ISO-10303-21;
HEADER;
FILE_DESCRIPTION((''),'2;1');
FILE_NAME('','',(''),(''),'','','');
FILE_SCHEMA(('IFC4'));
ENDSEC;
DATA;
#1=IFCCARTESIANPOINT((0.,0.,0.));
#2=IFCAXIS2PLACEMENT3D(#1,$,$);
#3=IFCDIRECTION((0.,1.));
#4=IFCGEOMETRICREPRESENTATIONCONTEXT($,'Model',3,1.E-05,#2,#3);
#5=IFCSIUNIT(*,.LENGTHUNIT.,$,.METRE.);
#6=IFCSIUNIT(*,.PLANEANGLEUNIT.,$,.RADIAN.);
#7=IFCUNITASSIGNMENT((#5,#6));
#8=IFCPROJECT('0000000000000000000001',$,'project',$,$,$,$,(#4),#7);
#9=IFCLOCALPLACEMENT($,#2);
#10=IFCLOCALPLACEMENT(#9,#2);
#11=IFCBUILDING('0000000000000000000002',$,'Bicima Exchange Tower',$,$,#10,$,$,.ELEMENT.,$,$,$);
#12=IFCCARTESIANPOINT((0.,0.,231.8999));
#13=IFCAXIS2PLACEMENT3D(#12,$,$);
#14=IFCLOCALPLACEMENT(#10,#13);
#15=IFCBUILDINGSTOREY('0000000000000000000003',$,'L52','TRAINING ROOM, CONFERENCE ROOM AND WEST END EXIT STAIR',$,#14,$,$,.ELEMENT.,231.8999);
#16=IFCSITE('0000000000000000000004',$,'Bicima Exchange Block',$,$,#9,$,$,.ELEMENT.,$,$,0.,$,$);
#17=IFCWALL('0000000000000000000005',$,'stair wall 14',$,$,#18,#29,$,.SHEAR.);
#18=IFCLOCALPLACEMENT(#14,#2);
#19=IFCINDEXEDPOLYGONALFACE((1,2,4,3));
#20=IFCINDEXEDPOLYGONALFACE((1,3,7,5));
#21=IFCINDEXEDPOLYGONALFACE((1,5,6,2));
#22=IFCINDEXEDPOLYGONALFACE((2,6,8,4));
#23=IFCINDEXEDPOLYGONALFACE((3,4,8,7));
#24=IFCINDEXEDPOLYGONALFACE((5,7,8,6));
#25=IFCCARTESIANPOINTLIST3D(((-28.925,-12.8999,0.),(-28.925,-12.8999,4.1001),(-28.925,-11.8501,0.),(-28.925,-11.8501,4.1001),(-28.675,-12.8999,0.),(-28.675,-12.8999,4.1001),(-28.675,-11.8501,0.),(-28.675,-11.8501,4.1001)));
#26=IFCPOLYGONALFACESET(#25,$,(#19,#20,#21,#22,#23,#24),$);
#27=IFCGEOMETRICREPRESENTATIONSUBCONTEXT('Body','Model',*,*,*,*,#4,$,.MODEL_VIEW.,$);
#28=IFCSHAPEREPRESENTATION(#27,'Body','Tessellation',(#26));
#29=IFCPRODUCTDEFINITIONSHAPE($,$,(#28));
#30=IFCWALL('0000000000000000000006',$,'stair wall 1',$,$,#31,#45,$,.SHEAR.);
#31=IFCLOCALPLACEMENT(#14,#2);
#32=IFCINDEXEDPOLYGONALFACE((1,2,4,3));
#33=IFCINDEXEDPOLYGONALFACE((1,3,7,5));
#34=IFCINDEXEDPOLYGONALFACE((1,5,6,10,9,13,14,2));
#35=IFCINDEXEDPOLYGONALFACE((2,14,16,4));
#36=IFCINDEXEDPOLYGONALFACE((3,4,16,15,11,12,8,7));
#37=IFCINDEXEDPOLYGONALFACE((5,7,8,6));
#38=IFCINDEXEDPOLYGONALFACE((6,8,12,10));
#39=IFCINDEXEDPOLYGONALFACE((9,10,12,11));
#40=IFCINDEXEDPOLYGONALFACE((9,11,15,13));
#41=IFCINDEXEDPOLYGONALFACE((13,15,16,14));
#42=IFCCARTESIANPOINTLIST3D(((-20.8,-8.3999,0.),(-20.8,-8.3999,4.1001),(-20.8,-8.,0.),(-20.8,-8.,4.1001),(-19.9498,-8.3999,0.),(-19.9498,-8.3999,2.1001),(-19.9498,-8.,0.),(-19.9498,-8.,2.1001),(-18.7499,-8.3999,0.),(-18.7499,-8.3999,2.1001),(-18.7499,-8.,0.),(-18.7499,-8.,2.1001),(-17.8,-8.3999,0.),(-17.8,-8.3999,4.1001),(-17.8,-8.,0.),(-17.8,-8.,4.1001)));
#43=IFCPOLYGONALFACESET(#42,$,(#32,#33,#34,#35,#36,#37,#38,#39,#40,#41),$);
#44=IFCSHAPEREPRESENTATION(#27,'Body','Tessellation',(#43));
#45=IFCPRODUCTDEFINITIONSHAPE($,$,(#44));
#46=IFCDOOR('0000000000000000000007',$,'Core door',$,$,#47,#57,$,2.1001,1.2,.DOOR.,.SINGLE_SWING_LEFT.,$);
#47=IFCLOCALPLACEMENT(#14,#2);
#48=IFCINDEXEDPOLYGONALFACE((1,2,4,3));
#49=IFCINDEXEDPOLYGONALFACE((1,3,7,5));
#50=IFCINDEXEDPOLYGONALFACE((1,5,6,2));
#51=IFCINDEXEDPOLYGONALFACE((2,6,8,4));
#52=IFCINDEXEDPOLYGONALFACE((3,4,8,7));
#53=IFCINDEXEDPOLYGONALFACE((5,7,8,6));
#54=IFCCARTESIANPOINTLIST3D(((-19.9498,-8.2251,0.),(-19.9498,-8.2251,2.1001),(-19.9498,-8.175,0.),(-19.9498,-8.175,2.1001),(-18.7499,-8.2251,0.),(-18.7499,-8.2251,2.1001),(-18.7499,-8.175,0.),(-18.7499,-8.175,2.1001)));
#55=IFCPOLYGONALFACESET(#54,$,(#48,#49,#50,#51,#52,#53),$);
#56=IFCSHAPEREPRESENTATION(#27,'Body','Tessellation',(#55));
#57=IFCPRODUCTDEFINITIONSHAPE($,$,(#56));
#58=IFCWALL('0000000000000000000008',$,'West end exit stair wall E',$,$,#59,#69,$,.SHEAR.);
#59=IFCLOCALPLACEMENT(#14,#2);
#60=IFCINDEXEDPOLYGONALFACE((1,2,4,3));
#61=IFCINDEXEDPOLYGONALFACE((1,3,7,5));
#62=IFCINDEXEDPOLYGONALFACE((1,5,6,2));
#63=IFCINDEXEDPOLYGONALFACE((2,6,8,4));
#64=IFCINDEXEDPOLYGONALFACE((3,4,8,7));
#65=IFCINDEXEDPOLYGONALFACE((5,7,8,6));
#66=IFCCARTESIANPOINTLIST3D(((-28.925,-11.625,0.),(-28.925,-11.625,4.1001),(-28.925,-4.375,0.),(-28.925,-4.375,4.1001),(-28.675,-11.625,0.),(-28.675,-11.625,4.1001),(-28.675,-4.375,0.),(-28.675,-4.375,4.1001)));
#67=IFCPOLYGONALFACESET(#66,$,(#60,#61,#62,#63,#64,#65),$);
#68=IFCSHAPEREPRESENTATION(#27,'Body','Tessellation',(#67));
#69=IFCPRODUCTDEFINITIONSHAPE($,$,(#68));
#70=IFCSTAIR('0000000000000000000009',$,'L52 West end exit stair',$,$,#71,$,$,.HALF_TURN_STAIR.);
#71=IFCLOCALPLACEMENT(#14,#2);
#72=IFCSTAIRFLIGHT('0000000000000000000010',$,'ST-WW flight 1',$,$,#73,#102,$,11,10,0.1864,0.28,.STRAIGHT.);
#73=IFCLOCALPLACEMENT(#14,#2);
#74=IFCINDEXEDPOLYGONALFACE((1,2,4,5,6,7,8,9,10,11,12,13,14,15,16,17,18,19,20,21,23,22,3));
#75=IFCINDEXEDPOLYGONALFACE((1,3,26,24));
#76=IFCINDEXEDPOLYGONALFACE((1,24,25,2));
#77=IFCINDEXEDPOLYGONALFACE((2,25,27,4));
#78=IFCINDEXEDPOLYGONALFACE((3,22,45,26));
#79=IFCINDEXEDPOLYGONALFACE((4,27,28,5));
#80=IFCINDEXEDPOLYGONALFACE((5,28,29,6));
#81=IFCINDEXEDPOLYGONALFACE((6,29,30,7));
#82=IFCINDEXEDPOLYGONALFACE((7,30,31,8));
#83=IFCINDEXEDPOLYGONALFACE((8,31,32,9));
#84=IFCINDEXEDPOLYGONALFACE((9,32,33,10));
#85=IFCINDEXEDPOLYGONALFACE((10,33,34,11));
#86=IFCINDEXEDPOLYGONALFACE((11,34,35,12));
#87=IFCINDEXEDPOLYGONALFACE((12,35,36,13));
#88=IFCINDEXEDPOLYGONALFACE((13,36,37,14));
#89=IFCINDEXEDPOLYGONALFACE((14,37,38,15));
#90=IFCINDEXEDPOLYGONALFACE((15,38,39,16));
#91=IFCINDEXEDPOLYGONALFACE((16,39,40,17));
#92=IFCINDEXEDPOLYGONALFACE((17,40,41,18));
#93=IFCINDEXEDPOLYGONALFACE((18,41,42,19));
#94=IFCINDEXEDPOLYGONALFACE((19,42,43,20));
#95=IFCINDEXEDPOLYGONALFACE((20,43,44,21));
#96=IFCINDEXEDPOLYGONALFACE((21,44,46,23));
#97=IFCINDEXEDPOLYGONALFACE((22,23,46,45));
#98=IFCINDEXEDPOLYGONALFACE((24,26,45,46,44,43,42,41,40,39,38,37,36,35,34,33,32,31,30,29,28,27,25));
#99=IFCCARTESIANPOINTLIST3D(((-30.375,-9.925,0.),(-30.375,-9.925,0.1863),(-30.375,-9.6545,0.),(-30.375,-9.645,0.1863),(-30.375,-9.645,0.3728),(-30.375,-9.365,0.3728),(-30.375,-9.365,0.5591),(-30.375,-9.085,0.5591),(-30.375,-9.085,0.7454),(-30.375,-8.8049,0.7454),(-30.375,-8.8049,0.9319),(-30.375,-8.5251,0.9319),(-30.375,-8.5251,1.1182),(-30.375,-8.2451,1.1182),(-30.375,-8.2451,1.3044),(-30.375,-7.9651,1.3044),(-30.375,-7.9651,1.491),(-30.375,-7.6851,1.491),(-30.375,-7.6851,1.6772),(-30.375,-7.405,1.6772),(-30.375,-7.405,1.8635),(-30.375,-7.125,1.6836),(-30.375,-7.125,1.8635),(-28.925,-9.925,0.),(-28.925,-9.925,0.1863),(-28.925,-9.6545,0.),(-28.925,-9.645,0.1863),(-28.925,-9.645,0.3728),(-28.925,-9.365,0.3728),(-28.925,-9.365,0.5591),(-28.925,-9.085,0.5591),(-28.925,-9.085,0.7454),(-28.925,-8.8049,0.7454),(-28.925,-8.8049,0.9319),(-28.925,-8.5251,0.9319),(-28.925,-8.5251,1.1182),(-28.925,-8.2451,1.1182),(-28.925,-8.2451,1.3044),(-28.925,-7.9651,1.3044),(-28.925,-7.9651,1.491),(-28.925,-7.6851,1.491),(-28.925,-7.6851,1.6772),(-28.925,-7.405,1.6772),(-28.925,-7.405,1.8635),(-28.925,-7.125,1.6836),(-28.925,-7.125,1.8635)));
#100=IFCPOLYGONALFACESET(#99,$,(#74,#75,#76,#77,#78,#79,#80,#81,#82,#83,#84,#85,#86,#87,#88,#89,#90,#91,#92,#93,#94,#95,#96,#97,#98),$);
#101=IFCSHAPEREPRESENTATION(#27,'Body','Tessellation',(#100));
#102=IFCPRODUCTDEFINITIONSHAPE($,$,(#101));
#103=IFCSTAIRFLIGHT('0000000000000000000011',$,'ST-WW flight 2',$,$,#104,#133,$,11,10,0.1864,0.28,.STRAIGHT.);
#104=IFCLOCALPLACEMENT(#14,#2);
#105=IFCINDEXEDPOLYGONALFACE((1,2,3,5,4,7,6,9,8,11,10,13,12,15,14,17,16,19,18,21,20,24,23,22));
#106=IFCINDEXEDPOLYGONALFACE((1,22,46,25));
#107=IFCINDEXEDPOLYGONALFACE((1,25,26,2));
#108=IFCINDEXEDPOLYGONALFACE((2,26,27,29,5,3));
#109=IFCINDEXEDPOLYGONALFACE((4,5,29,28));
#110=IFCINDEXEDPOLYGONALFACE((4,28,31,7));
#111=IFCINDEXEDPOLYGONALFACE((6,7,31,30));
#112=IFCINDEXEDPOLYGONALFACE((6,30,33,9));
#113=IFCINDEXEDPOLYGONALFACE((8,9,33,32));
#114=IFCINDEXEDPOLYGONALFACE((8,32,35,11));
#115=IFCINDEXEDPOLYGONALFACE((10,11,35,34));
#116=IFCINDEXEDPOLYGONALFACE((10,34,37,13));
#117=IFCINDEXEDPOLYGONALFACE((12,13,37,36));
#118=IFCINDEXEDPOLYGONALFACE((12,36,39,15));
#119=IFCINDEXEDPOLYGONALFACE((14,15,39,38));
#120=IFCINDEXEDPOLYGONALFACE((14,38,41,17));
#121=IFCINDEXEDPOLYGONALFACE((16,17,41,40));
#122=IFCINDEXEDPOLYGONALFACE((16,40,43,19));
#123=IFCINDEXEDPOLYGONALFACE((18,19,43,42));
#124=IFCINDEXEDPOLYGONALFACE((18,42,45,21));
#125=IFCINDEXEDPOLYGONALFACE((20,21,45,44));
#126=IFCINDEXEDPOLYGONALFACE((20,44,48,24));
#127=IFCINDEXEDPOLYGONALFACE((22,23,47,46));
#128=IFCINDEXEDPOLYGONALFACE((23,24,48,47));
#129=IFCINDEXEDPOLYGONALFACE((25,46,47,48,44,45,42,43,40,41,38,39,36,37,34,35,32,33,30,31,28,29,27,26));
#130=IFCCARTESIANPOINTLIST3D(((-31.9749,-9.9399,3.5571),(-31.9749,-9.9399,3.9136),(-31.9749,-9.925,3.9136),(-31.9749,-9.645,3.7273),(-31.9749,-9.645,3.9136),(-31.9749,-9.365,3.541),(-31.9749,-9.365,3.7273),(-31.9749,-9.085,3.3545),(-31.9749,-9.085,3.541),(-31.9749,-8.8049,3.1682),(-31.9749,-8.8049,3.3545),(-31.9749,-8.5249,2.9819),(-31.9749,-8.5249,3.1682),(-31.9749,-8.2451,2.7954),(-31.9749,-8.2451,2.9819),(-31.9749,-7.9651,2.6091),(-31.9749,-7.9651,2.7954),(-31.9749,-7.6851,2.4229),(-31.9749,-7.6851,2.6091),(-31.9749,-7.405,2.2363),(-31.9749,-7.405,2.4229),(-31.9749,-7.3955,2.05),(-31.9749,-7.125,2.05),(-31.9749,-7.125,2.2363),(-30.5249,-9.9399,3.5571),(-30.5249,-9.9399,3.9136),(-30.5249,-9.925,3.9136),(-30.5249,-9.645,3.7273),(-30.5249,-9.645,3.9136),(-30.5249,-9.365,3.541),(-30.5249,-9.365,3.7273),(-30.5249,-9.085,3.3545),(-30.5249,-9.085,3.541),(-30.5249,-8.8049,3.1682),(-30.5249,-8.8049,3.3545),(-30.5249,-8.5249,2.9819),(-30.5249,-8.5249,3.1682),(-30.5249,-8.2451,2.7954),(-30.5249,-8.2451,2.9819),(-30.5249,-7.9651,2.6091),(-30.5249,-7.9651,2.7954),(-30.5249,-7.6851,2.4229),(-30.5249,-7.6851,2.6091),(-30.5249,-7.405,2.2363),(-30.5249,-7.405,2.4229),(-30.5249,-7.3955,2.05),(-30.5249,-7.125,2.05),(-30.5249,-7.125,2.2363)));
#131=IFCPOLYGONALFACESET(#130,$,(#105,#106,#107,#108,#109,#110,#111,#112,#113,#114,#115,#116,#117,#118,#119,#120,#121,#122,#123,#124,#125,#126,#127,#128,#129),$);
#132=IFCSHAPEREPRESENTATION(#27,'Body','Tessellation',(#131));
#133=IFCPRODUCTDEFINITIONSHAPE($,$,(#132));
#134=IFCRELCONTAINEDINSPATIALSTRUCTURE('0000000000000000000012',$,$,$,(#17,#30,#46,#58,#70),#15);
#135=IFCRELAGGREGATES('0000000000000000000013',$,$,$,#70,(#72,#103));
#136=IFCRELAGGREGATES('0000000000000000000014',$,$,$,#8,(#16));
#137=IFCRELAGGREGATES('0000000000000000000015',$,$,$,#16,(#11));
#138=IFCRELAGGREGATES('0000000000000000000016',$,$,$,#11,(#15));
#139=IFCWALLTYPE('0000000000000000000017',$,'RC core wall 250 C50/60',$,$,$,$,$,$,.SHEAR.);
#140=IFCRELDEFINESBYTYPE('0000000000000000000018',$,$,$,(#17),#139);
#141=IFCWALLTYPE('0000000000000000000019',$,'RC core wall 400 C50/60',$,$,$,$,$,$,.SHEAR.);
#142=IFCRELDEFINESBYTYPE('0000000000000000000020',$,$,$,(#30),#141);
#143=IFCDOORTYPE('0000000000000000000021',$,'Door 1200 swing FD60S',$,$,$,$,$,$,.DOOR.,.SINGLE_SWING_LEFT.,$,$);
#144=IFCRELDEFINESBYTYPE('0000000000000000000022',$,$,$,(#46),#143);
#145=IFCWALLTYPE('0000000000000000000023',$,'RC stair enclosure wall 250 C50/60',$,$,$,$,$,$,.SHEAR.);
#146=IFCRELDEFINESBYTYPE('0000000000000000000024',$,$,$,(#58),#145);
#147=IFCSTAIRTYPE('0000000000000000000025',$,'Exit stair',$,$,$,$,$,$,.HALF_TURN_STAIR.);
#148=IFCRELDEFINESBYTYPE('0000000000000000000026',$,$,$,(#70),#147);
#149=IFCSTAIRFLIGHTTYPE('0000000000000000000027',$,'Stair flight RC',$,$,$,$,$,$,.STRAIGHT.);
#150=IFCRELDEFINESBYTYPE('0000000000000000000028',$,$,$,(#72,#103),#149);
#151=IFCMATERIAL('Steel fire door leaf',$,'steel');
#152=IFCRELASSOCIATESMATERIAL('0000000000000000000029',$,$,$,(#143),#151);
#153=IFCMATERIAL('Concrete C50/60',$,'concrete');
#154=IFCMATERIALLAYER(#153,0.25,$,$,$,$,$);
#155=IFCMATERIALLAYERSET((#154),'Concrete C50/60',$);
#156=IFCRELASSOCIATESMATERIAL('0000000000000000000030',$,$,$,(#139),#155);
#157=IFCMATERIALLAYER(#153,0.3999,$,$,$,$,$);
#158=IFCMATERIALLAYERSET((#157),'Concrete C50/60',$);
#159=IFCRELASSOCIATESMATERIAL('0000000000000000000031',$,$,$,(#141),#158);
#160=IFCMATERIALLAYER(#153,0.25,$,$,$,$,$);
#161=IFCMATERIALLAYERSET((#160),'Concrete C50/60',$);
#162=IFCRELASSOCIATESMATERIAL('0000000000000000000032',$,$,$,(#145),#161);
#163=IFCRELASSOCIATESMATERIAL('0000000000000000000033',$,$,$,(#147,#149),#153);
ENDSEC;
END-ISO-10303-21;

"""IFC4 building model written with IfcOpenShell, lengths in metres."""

from ifc_helpers import new_model, si_unit, direction, frame, frame_2d, origin, place, context, subcontext, project, spatial, polyline, rectangle, outline, extrude, material, layer, layer_set, type_object, element, fill, aggregate, save


model = new_model("IFC4")

# Units and contexts
model_context = context("Model", 3, precision=1e-05, world=origin(), true_north=direction((0.0, 1.0)))
body_context = subcontext(model_context, "Body", "Model", "MODEL_VIEW")
ifc_project = project(units=[si_unit("LENGTHUNIT", "METRE"), si_unit("PLANEANGLEUNIT", "RADIAN")], contexts=[model_context])

# Site, building, storey
site_placement = place(None, origin())
site = spatial("IfcSite", under=ifc_project, at=site_placement, Name="Bicima Exchange Block", CompositionType="ELEMENT", RefElevation=0.0)
building_placement = place(site_placement, origin())
building = spatial("IfcBuilding", under=site, at=building_placement, Name="Bicima Exchange Tower", CompositionType="ELEMENT")
storey_placement = place(building_placement, frame((0.0, 0.0, 231.8999)))
storey = spatial("IfcBuildingStorey", under=building, at=storey_placement, Name="L52", Description="TRAINING ROOM, CONFERENCE ROOM AND WEST END EXIT STAIR", CompositionType="ELEMENT", Elevation=231.8999)

# Shared definitions
ifc_material_1 = material(Name="Concrete C50/60", Category="concrete")
ifc_material_2 = material(Name="Steel fire door leaf", Category="steel")
door_type_1 = type_object("IfcDoorType", Name="Door 1200 swing FD60S", OperationType="SINGLE_SWING_LEFT", PredefinedType="DOOR", material=ifc_material_2)

# Wall
ifc_layer_1 = layer(ifc_material_1, 0.25)
ifc_layer_set_1 = layer_set([ifc_layer_1], Name="Concrete C50/60")
wall_type_1 = type_object("IfcWallType", Name="RC core wall 250 C50/60", PredefinedType="SHEAR", material=ifc_layer_set_1)
wall_1_placement = place(storey_placement, frame((-28.8, -12.8999, 0.0), z_axis=(0.0, 0.0, 1.0), x_axis=(0.0, 1.0, 0.0)))
element("IfcWall", 1, at=wall_1_placement, inside=storey, type_object=wall_type_1, Name="stair wall 14", PredefinedType="SHEAR", context=body_context, shape_type="SweptSolid", body=[
    extrude(rectangle(XDim=1.0498, YDim=0.25, at=frame_2d((0.5249, 0.0))), origin(), (0.0, 0.0, 1.0), 4.1001),
])

# Wall, opening, door
ifc_layer_2 = layer(ifc_material_1, 0.3999)
ifc_layer_set_2 = layer_set([ifc_layer_2], Name="Concrete C50/60")
wall_type_2 = type_object("IfcWallType", Name="RC core wall 400 C50/60", PredefinedType="SHEAR", material=ifc_layer_set_2)
wall_2_placement = place(storey_placement, frame((-20.8, -8.2, 0.0), z_axis=(0.0, 0.0, 1.0), x_axis=(1.0, 0.0, 0.0)))
wall_2 = element("IfcWall", 2, at=wall_2_placement, inside=storey, type_object=wall_type_2, Name="stair wall 1", PredefinedType="SHEAR", context=body_context, shape_type="SweptSolid", body=[
    extrude(rectangle(XDim=3.0, YDim=0.3999, at=frame_2d((1.5, 0.0))), origin(), (0.0, 0.0, 1.0), 4.1001),
])
opening_1_placement = place(wall_2_placement, frame((0.8501, 0.0, 0.0)))
opening_1 = element("IfcOpeningElement", 3, at=opening_1_placement, cuts=wall_2, PredefinedType="OPENING", context=body_context, shape_type="SweptSolid", body=[
    extrude(rectangle(XDim=1.2, YDim=2.1001, at=frame_2d((0.6001, 1.05))), frame((0.0, 0.2119, 0.0), z_axis=(0.0, -1.0, 0.0), x_axis=(1.0, 0.0, 0.0)), (0.0, 0.0, 1.0), 0.4238),
])
door_1_placement = place(opening_1_placement, origin())
door_1 = element("IfcDoor", 4, at=door_1_placement, inside=storey, type_object=door_type_1, Name="Core door", OperationType="SINGLE_SWING_LEFT", OverallHeight=2.1001, OverallWidth=1.2, PredefinedType="DOOR", context=body_context, shape_type="SweptSolid", body=[
    extrude(rectangle(XDim=1.2, YDim=2.1001, at=frame_2d((0.6001, 1.05))), frame((0.0, 0.0249, 0.0), z_axis=(0.0, -1.0, 0.0), x_axis=(1.0, 0.0, 0.0)), (0.0, 0.0, 1.0), 0.05),
])
fill(opening_1, door_1)

# Wall
ifc_layer_3 = layer(ifc_material_1, 0.25)
ifc_layer_set_3 = layer_set([ifc_layer_3], Name="Concrete C50/60")
wall_type_3 = type_object("IfcWallType", Name="RC stair enclosure wall 250 C50/60", PredefinedType="SHEAR", material=ifc_layer_set_3)
wall_3_placement = place(storey_placement, frame((-28.8, -11.625, 0.0), z_axis=(0.0, 0.0, 1.0), x_axis=(0.0, 1.0, 0.0)))
element("IfcWall", 5, at=wall_3_placement, inside=storey, type_object=wall_type_3, Name="West end exit stair wall E", PredefinedType="SHEAR", context=body_context, shape_type="SweptSolid", body=[
    extrude(rectangle(XDim=7.25, YDim=0.25, at=frame_2d((3.625, 0.0))), origin(), (0.0, 0.0, 1.0), 4.1001),
])

# Stair, stair flights
stair_type = type_object("IfcStairType", Name="Exit stair", PredefinedType="HALF_TURN_STAIR", material=ifc_material_1)
stair_placement = place(storey_placement, origin())
stair = element("IfcStair", 6, at=stair_placement, inside=storey, type_object=stair_type, Name="L52 West end exit stair", PredefinedType="HALF_TURN_STAIR")
stair_flight_type = type_object("IfcStairFlightType", Name="Stair flight RC", PredefinedType="STRAIGHT", material=ifc_material_1)
stair_flight_1_placement = place(storey_placement, frame((-29.6499, -9.925, 0.0), z_axis=(0.0, 0.0, 1.0), x_axis=(0.0, 1.0, 0.0)))
stair_flight_1 = element("IfcStairFlight", 7, at=stair_flight_1_placement, type_object=stair_flight_type, Name="ST-WW flight 1", NumberOfRisers=11, NumberOfTreads=10, PredefinedType="STRAIGHT", RiserHeight=0.1864, TreadLength=0.28, context=body_context, shape_type="SweptSolid", body=[
    extrude(outline(polyline([(0.0, 0.0), (0.0, 0.1863), (0.28, 0.1863), (0.28, 0.3728), (0.5601, 0.3728), (0.5601, 0.5591), (0.8401, 0.5591), (0.8401, 0.7454), (1.1201, 0.7454), (1.1201, 0.9319), (1.3999, 0.9319), (1.3999, 1.1182), (1.6799, 1.1182), (1.6799, 1.3044), (1.96, 1.3044), (1.96, 1.491), (2.24, 1.491), (2.24, 1.6772), (2.52, 1.6772), (2.52, 1.8635), (2.8, 1.8635), (2.8, 2.05), (2.8, 1.6836), (0.2705, 0.0), (0.0, 0.0)])), frame((0.0, 0.7251, 0.0), z_axis=(0.0, -1.0, 0.0), x_axis=(1.0, 0.0, 0.0)), (0.0, 0.0, 1.0), 1.45),
])
stair_flight_2_placement = place(storey_placement, frame((-31.25, -7.125, 2.05), z_axis=(0.0, 0.0, 1.0), x_axis=(0.0, -1.0, 0.0)))
stair_flight_2 = element("IfcStairFlight", 8, at=stair_flight_2_placement, type_object=stair_flight_type, Name="ST-WW flight 2", NumberOfRisers=11, NumberOfTreads=10, PredefinedType="STRAIGHT", RiserHeight=0.1864, TreadLength=0.28, context=body_context, shape_type="SweptSolid", body=[
    extrude(outline(polyline([(0.0, 0.0), (0.0, 0.1863), (0.28, 0.1863), (0.28, 0.3728), (0.5601, 0.3728), (0.5601, 0.5591), (0.8401, 0.5591), (0.8401, 0.7454), (1.1201, 0.7454), (1.1201, 0.9319), (1.3999, 0.9319), (1.3999, 1.1182), (1.6799, 1.1182), (1.6799, 1.3044), (1.96, 1.3044), (1.96, 1.491), (2.24, 1.491), (2.24, 1.6772), (2.52, 1.6772), (2.52, 1.8635), (2.8, 1.8635), (2.8149, 1.8635), (2.8149, 1.5071), (0.2705, 0.0), (0.0, 0.0)])), frame((0.0, 0.7251, 0.0), z_axis=(0.0, -1.0, 0.0), x_axis=(1.0, 0.0, 0.0)), (0.0, 0.0, 1.0), 1.45),
])
aggregate(stair, [stair_flight_1, stair_flight_2])

save(model, "model.ifc")
